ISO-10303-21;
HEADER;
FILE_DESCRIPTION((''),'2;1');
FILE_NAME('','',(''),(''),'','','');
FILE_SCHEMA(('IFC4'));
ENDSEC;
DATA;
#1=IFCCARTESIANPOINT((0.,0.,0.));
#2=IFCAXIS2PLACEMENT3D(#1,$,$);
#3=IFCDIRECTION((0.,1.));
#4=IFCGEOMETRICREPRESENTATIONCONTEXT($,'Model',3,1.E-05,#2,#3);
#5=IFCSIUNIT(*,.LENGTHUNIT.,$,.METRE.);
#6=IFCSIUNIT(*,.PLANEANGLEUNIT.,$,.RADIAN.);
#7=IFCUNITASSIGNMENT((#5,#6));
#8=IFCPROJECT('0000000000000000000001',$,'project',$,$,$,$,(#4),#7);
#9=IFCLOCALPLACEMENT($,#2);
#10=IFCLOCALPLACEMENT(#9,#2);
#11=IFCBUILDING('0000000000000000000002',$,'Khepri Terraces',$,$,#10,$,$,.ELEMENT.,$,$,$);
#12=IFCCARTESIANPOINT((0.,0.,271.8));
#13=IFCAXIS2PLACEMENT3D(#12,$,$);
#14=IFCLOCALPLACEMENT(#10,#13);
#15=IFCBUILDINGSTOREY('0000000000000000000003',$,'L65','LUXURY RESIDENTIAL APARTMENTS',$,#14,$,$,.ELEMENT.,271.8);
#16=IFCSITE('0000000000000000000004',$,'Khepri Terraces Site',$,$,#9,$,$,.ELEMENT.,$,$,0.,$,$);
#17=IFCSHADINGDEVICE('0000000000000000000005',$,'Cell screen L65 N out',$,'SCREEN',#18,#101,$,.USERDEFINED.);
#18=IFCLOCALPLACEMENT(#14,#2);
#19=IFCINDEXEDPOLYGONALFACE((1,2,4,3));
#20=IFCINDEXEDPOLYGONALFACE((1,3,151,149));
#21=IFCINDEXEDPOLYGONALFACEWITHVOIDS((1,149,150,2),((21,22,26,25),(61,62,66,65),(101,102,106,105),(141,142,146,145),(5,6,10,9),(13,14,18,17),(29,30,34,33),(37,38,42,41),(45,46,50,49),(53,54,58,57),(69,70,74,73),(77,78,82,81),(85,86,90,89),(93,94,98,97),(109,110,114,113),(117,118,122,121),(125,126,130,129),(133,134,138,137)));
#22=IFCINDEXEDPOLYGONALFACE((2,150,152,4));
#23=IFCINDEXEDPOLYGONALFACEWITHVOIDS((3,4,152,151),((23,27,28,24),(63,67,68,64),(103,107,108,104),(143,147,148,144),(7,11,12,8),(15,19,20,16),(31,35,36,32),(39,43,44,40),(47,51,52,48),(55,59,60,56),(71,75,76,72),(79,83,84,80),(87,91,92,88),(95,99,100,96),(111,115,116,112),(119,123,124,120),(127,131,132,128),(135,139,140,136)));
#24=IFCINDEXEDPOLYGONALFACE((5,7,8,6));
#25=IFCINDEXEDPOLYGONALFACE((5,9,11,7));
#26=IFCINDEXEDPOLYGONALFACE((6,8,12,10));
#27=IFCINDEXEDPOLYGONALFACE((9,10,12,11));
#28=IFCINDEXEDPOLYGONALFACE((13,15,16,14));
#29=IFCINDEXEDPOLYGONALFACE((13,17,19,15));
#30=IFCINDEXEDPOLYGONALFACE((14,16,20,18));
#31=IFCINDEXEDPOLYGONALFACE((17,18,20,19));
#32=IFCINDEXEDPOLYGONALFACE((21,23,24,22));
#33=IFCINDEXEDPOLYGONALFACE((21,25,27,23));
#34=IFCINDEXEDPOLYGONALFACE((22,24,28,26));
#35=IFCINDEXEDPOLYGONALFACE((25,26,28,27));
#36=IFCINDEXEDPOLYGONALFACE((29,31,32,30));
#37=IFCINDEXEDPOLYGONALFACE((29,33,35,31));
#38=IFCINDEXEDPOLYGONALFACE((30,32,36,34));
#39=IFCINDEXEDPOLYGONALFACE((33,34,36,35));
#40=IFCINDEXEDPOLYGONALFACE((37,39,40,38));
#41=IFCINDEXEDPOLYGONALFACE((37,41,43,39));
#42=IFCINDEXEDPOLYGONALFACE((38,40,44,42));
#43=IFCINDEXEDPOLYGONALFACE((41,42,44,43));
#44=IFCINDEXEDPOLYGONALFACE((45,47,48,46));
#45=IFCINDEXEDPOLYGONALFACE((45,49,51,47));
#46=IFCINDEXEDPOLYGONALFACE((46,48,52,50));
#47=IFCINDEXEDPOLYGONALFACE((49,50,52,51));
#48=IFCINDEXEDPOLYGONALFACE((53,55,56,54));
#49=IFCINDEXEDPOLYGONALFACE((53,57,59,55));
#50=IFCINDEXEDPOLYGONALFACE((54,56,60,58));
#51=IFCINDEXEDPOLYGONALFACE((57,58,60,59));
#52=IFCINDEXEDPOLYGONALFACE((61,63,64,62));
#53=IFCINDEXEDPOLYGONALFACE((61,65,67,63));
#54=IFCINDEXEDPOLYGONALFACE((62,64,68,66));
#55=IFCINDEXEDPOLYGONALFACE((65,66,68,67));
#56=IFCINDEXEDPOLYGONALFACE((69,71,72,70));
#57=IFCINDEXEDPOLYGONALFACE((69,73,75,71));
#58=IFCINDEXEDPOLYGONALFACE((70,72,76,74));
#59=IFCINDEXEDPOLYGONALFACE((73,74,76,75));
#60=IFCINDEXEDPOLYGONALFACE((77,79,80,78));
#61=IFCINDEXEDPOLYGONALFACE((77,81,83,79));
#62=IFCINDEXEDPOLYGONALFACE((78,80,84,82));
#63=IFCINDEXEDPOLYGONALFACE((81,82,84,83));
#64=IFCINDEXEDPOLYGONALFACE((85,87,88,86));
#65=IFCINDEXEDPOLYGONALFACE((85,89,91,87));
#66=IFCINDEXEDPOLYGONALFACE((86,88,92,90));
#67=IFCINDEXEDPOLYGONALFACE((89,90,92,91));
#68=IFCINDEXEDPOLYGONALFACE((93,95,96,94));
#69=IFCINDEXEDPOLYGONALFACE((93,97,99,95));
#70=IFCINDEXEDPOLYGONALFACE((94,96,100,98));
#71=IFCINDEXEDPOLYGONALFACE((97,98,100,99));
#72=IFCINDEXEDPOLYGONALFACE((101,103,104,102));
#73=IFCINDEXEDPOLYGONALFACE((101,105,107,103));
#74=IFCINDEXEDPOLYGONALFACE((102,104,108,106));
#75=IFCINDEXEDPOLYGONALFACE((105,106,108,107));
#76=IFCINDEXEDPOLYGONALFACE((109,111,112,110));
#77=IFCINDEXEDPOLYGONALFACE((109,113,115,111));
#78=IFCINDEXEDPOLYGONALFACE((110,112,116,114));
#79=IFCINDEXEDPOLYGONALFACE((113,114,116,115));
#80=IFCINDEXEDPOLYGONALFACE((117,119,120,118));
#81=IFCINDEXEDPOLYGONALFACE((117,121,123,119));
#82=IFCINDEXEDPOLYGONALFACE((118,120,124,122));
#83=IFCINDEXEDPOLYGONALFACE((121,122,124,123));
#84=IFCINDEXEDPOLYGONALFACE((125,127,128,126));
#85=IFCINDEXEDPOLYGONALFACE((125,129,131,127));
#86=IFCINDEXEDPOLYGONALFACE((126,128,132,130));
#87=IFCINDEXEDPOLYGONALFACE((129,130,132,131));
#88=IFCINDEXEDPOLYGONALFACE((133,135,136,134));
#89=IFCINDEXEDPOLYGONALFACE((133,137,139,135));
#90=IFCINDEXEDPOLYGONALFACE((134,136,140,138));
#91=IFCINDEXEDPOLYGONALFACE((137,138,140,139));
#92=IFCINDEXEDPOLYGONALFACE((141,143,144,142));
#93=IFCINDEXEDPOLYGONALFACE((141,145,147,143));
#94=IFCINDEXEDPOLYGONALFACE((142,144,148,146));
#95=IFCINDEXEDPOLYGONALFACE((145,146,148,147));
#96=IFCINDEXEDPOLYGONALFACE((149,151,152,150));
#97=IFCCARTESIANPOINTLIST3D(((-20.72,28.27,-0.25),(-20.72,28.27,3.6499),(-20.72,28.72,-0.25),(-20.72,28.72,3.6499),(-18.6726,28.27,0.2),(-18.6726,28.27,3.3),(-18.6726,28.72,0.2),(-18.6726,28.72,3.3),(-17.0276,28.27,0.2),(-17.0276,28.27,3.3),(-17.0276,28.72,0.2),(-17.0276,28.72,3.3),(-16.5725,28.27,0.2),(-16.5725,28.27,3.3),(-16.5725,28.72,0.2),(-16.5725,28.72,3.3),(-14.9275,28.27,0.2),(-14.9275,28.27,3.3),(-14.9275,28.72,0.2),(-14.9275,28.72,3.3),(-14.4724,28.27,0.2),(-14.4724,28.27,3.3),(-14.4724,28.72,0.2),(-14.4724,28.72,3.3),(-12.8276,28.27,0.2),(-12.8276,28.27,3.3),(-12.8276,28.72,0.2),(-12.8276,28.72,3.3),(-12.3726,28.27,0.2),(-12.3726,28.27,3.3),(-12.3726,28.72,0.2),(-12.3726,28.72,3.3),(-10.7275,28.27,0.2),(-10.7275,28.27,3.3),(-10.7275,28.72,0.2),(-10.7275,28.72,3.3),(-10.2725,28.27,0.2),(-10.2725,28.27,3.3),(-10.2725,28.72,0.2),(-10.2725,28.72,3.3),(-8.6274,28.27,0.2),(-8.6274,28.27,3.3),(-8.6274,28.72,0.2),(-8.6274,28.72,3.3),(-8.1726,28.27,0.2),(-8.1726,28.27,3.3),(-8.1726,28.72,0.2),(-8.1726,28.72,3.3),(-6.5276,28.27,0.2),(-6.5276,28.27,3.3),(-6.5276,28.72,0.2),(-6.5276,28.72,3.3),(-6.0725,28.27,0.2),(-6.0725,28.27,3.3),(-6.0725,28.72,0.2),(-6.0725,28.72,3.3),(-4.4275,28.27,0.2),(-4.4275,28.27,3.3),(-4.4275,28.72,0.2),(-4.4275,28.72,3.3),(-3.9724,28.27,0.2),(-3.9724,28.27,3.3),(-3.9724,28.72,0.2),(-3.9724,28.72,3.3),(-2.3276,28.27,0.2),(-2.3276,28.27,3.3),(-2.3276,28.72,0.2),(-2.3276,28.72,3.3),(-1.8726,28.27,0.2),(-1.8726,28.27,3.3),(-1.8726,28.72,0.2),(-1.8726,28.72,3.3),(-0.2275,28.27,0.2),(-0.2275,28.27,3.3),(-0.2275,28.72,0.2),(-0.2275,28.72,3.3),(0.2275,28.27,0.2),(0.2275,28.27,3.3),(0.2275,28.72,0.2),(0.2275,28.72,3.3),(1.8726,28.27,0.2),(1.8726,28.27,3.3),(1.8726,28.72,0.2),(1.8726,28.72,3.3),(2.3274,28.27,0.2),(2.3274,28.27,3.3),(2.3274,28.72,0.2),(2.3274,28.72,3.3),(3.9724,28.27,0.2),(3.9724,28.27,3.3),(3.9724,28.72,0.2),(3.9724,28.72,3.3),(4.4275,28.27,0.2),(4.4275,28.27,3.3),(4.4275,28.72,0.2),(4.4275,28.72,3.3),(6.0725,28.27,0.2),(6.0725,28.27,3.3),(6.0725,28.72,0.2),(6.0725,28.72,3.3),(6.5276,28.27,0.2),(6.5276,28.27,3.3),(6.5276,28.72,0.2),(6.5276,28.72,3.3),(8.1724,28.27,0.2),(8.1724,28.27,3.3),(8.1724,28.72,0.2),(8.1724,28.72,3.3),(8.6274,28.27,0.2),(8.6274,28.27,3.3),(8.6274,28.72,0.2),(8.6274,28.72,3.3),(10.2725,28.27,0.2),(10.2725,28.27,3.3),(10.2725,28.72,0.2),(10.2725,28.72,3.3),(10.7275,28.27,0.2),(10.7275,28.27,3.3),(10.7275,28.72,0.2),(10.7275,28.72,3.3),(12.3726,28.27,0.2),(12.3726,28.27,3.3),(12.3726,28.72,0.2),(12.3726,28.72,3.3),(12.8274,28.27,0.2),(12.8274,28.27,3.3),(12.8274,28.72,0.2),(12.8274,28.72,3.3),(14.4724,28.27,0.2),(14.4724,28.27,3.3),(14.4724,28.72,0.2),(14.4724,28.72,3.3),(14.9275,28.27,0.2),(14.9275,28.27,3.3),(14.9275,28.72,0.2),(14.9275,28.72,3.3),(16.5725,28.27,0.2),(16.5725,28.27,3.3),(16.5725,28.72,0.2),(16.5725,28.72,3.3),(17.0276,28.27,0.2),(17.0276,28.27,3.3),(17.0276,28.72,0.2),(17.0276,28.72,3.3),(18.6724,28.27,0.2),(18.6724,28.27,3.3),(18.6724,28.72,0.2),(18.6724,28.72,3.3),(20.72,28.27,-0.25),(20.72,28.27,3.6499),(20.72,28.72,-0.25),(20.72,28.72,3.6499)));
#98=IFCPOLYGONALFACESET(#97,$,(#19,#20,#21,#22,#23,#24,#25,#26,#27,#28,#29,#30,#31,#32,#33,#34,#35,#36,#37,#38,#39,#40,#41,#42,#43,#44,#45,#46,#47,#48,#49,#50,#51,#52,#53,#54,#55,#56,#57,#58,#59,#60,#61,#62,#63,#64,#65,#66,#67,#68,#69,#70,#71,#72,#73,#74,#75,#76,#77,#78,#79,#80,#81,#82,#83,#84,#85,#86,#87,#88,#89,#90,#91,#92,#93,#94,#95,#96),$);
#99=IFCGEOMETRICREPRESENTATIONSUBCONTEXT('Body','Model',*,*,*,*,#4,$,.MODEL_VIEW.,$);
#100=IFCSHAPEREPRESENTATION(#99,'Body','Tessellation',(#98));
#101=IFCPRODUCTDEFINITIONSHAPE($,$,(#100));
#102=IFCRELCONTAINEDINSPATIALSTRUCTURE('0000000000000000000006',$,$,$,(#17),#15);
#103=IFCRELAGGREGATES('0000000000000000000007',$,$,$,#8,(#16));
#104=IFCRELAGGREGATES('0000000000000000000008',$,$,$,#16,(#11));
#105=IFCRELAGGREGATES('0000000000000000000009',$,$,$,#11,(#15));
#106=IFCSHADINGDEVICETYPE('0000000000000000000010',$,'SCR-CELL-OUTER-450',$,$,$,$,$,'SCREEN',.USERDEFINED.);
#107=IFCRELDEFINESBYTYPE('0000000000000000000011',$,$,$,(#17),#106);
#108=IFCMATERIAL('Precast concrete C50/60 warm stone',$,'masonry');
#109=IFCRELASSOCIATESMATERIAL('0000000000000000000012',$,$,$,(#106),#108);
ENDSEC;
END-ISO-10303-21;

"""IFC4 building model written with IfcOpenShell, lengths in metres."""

from ifc_helpers import new_model, si_unit, direction, frame, origin, place, context, subcontext, project, spatial, polyline, outline, extrude, material, type_object, element, save


model = new_model("IFC4")

# Units and contexts
model_context = context("Model", 3, precision=1e-05, world=origin(), true_north=direction((0.0, 1.0)))
body_context = subcontext(model_context, "Body", "Model", "MODEL_VIEW")
ifc_project = project(units=[si_unit("LENGTHUNIT", "METRE"), si_unit("PLANEANGLEUNIT", "RADIAN")], contexts=[model_context])

# Site, building, storey
site_placement = place(None, origin())
site = spatial("IfcSite", under=ifc_project, at=site_placement, Name="Khepri Terraces Site", CompositionType="ELEMENT", RefElevation=0.0)
building_placement = place(site_placement, origin())
building = spatial("IfcBuilding", under=site, at=building_placement, Name="Khepri Terraces", CompositionType="ELEMENT")
storey_placement = place(building_placement, frame((0.0, 0.0, 271.8)))
storey = spatial("IfcBuildingStorey", under=building, at=storey_placement, Name="L65", Description="LUXURY RESIDENTIAL APARTMENTS", CompositionType="ELEMENT", Elevation=271.8)

# Shared definitions
ifc_material_1 = material(Name="Precast concrete C50/60 warm stone", Category="masonry")

# Shading device
shading_device_type_1 = type_object("IfcShadingDeviceType", Name="SCR-CELL-OUTER-450", ElementType="SCREEN", PredefinedType="USERDEFINED", material=ifc_material_1)
shading_device_1_placement = place(storey_placement, frame((20.72, 28.27, -0.25), z_axis=(0.0, 1.0, 0.0), x_axis=(-1.0, 0.0, 0.0)))
element("IfcShadingDevice", 1, at=shading_device_1_placement, inside=storey, type_object=shading_device_type_1, Name="Cell screen L65 N out", ObjectType="SCREEN", PredefinedType="USERDEFINED", context=body_context, shape_type="SweptSolid", body=[
    extrude(outline(polyline([(0.0, 0.0), (41.4399, 0.0), (41.4399, 3.8999), (0.0, 3.8999), (0.0, 0.0)]), holes=[polyline([(2.0476, 0.45), (3.6924, 0.45), (3.6924, 3.55), (2.0476, 3.55), (2.0476, 0.45)]), polyline([(4.1475, 0.45), (5.7925, 0.45), (5.7925, 3.55), (4.1475, 3.55), (4.1475, 0.45)]), polyline([(6.2476, 0.45), (7.8926, 0.45), (7.8926, 3.55), (6.2476, 3.55), (6.2476, 0.45)]), polyline([(8.3474, 0.45), (9.9924, 0.45), (9.9924, 3.55), (8.3474, 3.55), (8.3474, 0.45)]), polyline([(10.4475, 0.45), (12.0925, 0.45), (12.0925, 3.55), (10.4475, 3.55), (10.4475, 0.45)]), polyline([(12.5476, 0.45), (14.1924, 0.45), (14.1924, 3.55), (12.5476, 3.55), (12.5476, 0.45)]), polyline([(14.6475, 0.45), (16.2925, 0.45), (16.2925, 3.55), (14.6475, 3.55), (14.6475, 0.45)]), polyline([(16.7476, 0.45), (18.3926, 0.45), (18.3926, 3.55), (16.7476, 3.55), (16.7476, 0.45)]), polyline([(18.8474, 0.45), (20.4924, 0.45), (20.4924, 3.55), (18.8474, 3.55), (18.8474, 0.45)]), polyline([(20.9475, 0.45), (22.5925, 0.45), (22.5925, 3.55), (20.9475, 3.55), (20.9475, 0.45)]), polyline([(23.0476, 0.45), (24.6924, 0.45), (24.6924, 3.55), (23.0476, 3.55), (23.0476, 0.45)]), polyline([(25.1475, 0.45), (26.7925, 0.45), (26.7925, 3.55), (25.1475, 3.55), (25.1475, 0.45)]), polyline([(27.2476, 0.45), (28.8926, 0.45), (28.8926, 3.55), (27.2476, 3.55), (27.2476, 0.45)]), polyline([(29.3474, 0.45), (30.9924, 0.45), (30.9924, 3.55), (29.3474, 3.55), (29.3474, 0.45)]), polyline([(31.4475, 0.45), (33.0925, 0.45), (33.0925, 3.55), (31.4475, 3.55), (31.4475, 0.45)]), polyline([(33.5476, 0.45), (35.1924, 0.45), (35.1924, 3.55), (33.5476, 3.55), (33.5476, 0.45)]), polyline([(35.6475, 0.45), (37.2925, 0.45), (37.2925, 3.55), (35.6475, 3.55), (35.6475, 0.45)]), polyline([(37.7476, 0.45), (39.3926, 0.45), (39.3926, 3.55), (37.7476, 3.55), (37.7476, 0.45)])]), origin(), (0.0, 0.0, 1.0), 0.45),
])

save(model, "model.ifc")
